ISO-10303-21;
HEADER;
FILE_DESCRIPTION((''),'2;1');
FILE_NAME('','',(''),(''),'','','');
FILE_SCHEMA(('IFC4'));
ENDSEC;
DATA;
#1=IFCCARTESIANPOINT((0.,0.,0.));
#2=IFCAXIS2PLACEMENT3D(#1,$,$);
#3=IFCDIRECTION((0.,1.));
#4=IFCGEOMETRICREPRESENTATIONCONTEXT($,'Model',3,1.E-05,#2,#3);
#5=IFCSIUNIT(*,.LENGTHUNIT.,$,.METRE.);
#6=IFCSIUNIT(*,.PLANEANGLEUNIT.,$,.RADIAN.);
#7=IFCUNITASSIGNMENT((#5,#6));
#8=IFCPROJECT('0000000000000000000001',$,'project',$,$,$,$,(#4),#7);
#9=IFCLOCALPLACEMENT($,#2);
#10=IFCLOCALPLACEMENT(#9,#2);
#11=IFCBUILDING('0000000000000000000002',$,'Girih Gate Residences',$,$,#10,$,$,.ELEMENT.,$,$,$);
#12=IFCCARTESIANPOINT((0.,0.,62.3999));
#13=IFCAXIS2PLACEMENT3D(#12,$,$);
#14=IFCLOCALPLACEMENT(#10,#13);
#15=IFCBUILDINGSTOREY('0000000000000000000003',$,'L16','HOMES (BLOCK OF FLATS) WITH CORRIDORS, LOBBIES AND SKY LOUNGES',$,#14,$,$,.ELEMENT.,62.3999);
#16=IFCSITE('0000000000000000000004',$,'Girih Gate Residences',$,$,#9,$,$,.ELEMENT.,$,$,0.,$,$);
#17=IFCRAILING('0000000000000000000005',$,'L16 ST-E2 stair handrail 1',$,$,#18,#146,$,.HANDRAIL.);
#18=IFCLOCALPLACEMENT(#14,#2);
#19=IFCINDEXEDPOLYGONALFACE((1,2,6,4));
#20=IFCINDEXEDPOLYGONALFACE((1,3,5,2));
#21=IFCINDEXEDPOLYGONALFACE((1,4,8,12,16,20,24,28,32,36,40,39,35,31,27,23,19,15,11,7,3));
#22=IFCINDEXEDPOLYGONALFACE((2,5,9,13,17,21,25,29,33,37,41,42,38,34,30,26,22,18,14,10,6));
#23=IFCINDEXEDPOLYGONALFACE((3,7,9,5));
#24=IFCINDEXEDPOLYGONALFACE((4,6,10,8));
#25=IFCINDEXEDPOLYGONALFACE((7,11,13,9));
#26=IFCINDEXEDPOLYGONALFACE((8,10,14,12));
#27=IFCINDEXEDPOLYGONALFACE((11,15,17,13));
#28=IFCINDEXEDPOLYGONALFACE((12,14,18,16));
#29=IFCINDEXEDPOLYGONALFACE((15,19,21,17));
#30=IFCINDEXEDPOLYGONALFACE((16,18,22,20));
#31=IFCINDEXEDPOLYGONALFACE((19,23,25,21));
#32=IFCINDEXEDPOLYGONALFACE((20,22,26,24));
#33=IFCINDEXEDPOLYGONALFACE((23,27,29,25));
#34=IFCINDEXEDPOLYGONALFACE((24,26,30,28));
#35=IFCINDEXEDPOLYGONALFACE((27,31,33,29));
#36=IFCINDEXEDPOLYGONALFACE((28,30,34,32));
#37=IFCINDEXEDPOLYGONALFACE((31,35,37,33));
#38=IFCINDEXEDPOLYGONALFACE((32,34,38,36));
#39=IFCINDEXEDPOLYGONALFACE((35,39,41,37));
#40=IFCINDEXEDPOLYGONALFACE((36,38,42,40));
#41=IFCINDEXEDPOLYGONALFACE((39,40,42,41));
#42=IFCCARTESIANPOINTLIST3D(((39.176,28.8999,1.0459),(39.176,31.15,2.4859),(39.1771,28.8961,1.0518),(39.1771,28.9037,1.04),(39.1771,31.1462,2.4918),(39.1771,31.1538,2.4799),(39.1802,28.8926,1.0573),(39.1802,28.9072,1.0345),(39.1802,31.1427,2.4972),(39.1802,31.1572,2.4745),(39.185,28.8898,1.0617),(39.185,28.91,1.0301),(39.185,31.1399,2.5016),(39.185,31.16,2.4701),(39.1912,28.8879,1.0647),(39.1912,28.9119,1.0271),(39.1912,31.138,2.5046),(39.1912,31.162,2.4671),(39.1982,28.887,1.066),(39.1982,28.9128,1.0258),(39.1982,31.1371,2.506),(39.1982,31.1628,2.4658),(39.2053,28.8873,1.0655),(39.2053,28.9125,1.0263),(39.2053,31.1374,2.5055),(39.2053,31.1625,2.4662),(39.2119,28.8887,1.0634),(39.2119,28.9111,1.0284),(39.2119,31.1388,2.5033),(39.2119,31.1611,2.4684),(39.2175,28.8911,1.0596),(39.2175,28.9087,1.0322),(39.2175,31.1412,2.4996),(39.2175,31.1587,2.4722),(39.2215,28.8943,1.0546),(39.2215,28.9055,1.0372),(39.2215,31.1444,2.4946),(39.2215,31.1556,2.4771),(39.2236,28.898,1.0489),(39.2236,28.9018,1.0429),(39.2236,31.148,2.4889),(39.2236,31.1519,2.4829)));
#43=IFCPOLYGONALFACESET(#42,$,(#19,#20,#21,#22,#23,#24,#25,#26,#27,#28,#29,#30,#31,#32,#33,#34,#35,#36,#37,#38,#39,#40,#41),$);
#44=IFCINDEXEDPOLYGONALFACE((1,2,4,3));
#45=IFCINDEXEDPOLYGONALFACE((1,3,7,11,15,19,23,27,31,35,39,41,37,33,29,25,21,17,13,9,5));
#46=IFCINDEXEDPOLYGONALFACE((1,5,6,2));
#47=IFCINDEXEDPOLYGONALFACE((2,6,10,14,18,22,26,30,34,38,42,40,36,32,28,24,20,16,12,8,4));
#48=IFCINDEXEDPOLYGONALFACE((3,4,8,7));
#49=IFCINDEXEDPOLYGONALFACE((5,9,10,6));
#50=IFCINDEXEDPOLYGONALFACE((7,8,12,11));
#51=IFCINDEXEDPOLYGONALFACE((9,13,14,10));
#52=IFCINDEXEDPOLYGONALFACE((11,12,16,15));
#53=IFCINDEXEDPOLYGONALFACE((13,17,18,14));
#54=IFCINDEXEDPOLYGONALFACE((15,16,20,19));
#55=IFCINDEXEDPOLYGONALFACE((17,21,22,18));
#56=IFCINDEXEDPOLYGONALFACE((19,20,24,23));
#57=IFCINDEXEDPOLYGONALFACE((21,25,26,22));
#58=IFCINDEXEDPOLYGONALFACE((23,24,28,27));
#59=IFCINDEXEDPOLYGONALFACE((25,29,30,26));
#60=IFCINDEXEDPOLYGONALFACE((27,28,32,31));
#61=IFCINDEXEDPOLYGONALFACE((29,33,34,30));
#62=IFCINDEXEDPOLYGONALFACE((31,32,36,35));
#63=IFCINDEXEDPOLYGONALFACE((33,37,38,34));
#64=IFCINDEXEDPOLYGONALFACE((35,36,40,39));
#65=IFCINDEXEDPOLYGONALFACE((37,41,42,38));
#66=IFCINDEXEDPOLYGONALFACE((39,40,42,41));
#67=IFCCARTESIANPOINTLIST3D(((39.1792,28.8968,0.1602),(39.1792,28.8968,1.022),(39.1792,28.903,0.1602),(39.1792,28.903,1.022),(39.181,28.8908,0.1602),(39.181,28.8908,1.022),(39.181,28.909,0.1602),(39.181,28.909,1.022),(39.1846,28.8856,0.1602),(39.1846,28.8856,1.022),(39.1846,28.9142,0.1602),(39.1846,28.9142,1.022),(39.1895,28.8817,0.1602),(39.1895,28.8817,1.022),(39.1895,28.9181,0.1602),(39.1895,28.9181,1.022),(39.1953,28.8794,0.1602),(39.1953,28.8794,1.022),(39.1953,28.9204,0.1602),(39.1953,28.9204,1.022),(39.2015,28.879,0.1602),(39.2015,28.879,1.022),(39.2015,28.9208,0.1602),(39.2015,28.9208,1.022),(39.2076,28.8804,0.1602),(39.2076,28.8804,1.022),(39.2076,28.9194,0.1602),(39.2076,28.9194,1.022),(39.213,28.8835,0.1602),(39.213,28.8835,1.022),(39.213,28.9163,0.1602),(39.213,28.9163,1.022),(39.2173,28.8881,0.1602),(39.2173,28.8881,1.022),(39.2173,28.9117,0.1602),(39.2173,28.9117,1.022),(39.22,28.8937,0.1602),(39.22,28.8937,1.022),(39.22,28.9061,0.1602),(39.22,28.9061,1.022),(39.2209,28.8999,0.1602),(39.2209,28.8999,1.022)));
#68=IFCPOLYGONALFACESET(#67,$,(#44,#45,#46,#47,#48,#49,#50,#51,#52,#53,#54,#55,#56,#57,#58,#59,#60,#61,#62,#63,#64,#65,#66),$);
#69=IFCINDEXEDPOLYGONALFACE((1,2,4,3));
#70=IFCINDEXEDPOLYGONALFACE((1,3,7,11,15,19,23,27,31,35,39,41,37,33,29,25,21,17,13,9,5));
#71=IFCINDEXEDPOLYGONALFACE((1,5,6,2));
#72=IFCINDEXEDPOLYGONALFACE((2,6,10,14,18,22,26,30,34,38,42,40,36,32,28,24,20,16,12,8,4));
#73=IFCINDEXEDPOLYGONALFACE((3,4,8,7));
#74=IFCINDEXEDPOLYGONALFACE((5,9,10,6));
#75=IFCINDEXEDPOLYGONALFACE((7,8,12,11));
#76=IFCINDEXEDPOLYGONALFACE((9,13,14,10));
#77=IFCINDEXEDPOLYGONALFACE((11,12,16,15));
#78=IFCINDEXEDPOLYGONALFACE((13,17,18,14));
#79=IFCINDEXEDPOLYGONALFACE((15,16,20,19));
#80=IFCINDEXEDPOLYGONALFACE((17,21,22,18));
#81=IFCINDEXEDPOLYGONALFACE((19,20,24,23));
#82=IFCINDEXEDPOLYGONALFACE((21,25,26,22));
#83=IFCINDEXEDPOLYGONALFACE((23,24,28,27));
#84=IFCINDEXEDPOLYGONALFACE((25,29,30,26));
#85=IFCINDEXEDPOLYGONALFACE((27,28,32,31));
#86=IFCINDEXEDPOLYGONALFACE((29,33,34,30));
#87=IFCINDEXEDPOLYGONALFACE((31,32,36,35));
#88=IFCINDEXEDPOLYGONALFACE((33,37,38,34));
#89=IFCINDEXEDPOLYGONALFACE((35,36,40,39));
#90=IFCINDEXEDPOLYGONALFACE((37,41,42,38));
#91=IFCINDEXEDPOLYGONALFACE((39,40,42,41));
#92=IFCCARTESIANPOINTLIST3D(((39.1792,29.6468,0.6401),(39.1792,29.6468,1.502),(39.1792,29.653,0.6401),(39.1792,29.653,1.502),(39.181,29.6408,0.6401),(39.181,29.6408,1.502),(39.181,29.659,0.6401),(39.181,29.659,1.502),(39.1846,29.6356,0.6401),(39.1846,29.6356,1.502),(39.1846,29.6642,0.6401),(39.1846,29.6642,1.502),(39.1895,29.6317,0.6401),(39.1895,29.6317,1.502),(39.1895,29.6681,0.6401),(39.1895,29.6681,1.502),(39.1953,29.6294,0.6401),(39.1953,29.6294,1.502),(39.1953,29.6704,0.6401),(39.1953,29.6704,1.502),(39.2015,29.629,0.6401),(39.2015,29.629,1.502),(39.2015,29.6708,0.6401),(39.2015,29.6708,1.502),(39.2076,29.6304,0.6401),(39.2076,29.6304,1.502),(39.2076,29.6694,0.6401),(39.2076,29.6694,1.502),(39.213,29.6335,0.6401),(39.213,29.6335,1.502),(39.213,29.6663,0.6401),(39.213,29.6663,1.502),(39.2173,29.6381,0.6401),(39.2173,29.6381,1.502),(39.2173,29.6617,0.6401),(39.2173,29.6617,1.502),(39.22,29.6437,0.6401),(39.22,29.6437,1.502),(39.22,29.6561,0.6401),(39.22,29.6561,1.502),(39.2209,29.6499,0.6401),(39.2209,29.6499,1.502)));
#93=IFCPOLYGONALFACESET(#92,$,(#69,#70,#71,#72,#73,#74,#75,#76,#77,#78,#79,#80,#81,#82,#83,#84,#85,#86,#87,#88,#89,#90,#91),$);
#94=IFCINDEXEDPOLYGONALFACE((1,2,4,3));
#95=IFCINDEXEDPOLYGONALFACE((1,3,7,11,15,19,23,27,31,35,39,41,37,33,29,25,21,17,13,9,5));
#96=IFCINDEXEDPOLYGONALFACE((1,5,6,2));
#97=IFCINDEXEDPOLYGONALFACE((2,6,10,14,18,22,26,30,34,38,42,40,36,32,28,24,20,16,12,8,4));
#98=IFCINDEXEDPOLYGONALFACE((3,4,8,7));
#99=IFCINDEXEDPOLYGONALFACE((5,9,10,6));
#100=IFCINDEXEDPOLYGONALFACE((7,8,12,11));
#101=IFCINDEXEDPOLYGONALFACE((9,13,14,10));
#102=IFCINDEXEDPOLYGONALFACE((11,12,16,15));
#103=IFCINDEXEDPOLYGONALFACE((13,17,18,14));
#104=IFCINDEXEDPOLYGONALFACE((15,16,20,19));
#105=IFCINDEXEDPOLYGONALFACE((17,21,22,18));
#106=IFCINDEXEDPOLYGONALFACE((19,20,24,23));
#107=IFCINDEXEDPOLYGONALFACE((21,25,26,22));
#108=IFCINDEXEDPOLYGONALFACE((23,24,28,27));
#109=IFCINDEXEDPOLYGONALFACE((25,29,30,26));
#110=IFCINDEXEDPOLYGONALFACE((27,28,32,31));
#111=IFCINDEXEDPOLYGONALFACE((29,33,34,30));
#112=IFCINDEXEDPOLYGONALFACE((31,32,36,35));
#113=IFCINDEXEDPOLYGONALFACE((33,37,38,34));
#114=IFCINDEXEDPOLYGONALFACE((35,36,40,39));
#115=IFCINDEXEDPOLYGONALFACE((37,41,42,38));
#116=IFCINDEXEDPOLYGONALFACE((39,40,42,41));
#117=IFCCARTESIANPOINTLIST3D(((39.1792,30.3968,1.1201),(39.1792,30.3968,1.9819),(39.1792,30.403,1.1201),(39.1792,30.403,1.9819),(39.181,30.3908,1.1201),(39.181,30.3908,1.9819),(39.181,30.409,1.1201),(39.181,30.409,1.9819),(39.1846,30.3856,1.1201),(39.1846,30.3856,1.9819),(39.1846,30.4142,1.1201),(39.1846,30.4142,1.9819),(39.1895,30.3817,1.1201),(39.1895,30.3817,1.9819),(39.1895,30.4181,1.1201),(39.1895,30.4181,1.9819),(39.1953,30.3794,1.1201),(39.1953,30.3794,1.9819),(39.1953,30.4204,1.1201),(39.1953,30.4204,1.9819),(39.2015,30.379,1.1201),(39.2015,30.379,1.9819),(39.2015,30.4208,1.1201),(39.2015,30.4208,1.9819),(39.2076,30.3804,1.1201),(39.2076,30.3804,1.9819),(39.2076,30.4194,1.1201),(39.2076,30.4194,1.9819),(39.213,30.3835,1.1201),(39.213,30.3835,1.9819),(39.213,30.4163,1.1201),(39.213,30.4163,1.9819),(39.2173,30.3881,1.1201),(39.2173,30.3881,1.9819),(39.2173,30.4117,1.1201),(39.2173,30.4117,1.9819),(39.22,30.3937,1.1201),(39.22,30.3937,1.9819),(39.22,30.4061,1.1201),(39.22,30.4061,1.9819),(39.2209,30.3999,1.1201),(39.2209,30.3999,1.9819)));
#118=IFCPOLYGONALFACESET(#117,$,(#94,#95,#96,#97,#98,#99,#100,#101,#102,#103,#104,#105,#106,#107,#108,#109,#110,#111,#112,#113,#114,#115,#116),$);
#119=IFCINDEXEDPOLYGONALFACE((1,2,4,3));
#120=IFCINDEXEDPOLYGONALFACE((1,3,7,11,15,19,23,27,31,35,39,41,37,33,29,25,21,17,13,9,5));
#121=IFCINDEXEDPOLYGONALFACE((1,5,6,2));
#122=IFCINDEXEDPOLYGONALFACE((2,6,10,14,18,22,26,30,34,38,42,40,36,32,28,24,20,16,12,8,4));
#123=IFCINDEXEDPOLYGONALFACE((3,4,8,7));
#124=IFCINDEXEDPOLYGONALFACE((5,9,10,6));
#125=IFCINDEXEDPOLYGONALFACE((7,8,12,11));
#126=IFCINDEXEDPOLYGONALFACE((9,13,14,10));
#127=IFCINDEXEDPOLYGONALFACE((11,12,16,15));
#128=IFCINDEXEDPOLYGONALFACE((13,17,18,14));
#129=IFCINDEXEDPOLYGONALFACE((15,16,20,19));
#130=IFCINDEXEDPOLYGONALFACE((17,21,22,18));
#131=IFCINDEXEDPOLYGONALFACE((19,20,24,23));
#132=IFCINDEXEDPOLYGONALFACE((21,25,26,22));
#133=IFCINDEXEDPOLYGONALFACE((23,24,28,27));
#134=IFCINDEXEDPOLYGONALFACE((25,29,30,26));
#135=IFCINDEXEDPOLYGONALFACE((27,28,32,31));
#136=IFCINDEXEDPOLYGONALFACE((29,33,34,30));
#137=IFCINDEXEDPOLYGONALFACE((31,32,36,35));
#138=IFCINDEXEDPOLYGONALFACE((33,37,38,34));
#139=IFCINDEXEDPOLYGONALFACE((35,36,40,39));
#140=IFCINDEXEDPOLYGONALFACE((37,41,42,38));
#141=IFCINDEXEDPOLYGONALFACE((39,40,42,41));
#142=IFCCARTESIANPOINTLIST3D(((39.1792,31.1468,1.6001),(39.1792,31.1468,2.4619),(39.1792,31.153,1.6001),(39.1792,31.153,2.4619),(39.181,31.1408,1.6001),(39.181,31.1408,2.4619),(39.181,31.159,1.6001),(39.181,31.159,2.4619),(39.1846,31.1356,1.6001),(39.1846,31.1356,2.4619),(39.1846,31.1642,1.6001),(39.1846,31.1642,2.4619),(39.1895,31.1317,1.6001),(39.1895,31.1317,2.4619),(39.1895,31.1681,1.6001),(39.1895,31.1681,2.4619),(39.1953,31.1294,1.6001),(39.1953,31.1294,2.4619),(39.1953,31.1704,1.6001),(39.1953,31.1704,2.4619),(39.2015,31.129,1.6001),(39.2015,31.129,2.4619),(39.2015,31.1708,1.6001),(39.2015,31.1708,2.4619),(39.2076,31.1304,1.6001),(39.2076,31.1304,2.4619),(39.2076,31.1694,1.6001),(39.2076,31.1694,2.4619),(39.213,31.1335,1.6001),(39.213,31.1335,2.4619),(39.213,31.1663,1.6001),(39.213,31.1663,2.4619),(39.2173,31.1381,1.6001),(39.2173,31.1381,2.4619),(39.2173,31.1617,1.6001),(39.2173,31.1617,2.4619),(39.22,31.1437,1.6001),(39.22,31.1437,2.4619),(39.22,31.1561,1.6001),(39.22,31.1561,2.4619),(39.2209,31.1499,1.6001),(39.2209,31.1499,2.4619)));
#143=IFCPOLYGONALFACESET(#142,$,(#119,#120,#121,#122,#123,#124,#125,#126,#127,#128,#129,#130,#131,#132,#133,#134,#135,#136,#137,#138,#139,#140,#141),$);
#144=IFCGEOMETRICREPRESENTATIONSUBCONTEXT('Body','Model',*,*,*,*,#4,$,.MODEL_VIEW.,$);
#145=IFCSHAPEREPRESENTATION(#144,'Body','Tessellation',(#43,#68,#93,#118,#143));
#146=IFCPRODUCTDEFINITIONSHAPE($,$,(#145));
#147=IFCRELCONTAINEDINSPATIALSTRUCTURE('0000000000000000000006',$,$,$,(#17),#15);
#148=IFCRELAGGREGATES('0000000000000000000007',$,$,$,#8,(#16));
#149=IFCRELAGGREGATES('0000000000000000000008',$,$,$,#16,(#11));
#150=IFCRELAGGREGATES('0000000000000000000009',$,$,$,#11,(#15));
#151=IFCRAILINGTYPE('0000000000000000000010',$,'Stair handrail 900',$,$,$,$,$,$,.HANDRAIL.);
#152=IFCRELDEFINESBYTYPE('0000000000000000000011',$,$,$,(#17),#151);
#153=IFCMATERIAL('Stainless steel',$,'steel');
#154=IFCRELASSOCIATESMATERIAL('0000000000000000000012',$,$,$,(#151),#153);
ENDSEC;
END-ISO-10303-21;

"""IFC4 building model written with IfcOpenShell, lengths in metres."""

from ifc_helpers import new_model, si_unit, direction, frame, origin, origin_2d, place, context, subcontext, project, spatial, circle, extrude, material, type_object, element, save


model = new_model("IFC4")

# Units and contexts
model_context = context("Model", 3, precision=1e-05, world=origin(), true_north=direction((0.0, 1.0)))
body_context = subcontext(model_context, "Body", "Model", "MODEL_VIEW")
ifc_project = project(units=[si_unit("LENGTHUNIT", "METRE"), si_unit("PLANEANGLEUNIT", "RADIAN")], contexts=[model_context])

# Site, building, storey
site_placement = place(None, origin())
site = spatial("IfcSite", under=ifc_project, at=site_placement, Name="Girih Gate Residences", CompositionType="ELEMENT", RefElevation=0.0)
building_placement = place(site_placement, origin())
building = spatial("IfcBuilding", under=site, at=building_placement, Name="Girih Gate Residences", CompositionType="ELEMENT")
storey_placement = place(building_placement, frame((0.0, 0.0, 62.3999)))
storey = spatial("IfcBuildingStorey", under=building, at=storey_placement, Name="L16", Description="HOMES (BLOCK OF FLATS) WITH CORRIDORS, LOBBIES AND SKY LOUNGES", CompositionType="ELEMENT", Elevation=62.3999)

# Railing
ifc_material_1 = material(Name="Stainless steel", Category="steel")
railing_type_1 = type_object("IfcRailingType", Name="Stair handrail 900", PredefinedType="HANDRAIL", material=ifc_material_1)
railing_1_placement = place(storey_placement, frame((39.2, 28.8999, 0.1602)))
element("IfcRailing", 1, at=railing_1_placement, inside=storey, type_object=railing_type_1, Name="L16 ST-E2 stair handrail 1", PredefinedType="HANDRAIL", context=body_context, shape_type="SweptSolid", body=[
    extrude(circle(Radius=0.0239, at=origin_2d()), frame((0.0, 0.0, 0.8857), z_axis=(0.0, 0.842281, 0.539038), x_axis=(-1.0, 0.0, 0.0)), (0.0, 0.0, 1.0), 2.6714),
    extrude(circle(Radius=0.021, at=origin_2d()), origin(), (0.0, 0.0, 1.0), 0.8618),
    extrude(circle(Radius=0.021, at=origin_2d()), frame((0.0, 0.75, 0.48)), (0.0, 0.0, 1.0), 0.8618),
    extrude(circle(Radius=0.021, at=origin_2d()), frame((0.0, 1.5, 0.96)), (0.0, 0.0, 1.0), 0.8618),
    extrude(circle(Radius=0.021, at=origin_2d()), frame((0.0, 2.25, 1.4399)), (0.0, 0.0, 1.0), 0.8618),
])

save(model, "model.ifc")
